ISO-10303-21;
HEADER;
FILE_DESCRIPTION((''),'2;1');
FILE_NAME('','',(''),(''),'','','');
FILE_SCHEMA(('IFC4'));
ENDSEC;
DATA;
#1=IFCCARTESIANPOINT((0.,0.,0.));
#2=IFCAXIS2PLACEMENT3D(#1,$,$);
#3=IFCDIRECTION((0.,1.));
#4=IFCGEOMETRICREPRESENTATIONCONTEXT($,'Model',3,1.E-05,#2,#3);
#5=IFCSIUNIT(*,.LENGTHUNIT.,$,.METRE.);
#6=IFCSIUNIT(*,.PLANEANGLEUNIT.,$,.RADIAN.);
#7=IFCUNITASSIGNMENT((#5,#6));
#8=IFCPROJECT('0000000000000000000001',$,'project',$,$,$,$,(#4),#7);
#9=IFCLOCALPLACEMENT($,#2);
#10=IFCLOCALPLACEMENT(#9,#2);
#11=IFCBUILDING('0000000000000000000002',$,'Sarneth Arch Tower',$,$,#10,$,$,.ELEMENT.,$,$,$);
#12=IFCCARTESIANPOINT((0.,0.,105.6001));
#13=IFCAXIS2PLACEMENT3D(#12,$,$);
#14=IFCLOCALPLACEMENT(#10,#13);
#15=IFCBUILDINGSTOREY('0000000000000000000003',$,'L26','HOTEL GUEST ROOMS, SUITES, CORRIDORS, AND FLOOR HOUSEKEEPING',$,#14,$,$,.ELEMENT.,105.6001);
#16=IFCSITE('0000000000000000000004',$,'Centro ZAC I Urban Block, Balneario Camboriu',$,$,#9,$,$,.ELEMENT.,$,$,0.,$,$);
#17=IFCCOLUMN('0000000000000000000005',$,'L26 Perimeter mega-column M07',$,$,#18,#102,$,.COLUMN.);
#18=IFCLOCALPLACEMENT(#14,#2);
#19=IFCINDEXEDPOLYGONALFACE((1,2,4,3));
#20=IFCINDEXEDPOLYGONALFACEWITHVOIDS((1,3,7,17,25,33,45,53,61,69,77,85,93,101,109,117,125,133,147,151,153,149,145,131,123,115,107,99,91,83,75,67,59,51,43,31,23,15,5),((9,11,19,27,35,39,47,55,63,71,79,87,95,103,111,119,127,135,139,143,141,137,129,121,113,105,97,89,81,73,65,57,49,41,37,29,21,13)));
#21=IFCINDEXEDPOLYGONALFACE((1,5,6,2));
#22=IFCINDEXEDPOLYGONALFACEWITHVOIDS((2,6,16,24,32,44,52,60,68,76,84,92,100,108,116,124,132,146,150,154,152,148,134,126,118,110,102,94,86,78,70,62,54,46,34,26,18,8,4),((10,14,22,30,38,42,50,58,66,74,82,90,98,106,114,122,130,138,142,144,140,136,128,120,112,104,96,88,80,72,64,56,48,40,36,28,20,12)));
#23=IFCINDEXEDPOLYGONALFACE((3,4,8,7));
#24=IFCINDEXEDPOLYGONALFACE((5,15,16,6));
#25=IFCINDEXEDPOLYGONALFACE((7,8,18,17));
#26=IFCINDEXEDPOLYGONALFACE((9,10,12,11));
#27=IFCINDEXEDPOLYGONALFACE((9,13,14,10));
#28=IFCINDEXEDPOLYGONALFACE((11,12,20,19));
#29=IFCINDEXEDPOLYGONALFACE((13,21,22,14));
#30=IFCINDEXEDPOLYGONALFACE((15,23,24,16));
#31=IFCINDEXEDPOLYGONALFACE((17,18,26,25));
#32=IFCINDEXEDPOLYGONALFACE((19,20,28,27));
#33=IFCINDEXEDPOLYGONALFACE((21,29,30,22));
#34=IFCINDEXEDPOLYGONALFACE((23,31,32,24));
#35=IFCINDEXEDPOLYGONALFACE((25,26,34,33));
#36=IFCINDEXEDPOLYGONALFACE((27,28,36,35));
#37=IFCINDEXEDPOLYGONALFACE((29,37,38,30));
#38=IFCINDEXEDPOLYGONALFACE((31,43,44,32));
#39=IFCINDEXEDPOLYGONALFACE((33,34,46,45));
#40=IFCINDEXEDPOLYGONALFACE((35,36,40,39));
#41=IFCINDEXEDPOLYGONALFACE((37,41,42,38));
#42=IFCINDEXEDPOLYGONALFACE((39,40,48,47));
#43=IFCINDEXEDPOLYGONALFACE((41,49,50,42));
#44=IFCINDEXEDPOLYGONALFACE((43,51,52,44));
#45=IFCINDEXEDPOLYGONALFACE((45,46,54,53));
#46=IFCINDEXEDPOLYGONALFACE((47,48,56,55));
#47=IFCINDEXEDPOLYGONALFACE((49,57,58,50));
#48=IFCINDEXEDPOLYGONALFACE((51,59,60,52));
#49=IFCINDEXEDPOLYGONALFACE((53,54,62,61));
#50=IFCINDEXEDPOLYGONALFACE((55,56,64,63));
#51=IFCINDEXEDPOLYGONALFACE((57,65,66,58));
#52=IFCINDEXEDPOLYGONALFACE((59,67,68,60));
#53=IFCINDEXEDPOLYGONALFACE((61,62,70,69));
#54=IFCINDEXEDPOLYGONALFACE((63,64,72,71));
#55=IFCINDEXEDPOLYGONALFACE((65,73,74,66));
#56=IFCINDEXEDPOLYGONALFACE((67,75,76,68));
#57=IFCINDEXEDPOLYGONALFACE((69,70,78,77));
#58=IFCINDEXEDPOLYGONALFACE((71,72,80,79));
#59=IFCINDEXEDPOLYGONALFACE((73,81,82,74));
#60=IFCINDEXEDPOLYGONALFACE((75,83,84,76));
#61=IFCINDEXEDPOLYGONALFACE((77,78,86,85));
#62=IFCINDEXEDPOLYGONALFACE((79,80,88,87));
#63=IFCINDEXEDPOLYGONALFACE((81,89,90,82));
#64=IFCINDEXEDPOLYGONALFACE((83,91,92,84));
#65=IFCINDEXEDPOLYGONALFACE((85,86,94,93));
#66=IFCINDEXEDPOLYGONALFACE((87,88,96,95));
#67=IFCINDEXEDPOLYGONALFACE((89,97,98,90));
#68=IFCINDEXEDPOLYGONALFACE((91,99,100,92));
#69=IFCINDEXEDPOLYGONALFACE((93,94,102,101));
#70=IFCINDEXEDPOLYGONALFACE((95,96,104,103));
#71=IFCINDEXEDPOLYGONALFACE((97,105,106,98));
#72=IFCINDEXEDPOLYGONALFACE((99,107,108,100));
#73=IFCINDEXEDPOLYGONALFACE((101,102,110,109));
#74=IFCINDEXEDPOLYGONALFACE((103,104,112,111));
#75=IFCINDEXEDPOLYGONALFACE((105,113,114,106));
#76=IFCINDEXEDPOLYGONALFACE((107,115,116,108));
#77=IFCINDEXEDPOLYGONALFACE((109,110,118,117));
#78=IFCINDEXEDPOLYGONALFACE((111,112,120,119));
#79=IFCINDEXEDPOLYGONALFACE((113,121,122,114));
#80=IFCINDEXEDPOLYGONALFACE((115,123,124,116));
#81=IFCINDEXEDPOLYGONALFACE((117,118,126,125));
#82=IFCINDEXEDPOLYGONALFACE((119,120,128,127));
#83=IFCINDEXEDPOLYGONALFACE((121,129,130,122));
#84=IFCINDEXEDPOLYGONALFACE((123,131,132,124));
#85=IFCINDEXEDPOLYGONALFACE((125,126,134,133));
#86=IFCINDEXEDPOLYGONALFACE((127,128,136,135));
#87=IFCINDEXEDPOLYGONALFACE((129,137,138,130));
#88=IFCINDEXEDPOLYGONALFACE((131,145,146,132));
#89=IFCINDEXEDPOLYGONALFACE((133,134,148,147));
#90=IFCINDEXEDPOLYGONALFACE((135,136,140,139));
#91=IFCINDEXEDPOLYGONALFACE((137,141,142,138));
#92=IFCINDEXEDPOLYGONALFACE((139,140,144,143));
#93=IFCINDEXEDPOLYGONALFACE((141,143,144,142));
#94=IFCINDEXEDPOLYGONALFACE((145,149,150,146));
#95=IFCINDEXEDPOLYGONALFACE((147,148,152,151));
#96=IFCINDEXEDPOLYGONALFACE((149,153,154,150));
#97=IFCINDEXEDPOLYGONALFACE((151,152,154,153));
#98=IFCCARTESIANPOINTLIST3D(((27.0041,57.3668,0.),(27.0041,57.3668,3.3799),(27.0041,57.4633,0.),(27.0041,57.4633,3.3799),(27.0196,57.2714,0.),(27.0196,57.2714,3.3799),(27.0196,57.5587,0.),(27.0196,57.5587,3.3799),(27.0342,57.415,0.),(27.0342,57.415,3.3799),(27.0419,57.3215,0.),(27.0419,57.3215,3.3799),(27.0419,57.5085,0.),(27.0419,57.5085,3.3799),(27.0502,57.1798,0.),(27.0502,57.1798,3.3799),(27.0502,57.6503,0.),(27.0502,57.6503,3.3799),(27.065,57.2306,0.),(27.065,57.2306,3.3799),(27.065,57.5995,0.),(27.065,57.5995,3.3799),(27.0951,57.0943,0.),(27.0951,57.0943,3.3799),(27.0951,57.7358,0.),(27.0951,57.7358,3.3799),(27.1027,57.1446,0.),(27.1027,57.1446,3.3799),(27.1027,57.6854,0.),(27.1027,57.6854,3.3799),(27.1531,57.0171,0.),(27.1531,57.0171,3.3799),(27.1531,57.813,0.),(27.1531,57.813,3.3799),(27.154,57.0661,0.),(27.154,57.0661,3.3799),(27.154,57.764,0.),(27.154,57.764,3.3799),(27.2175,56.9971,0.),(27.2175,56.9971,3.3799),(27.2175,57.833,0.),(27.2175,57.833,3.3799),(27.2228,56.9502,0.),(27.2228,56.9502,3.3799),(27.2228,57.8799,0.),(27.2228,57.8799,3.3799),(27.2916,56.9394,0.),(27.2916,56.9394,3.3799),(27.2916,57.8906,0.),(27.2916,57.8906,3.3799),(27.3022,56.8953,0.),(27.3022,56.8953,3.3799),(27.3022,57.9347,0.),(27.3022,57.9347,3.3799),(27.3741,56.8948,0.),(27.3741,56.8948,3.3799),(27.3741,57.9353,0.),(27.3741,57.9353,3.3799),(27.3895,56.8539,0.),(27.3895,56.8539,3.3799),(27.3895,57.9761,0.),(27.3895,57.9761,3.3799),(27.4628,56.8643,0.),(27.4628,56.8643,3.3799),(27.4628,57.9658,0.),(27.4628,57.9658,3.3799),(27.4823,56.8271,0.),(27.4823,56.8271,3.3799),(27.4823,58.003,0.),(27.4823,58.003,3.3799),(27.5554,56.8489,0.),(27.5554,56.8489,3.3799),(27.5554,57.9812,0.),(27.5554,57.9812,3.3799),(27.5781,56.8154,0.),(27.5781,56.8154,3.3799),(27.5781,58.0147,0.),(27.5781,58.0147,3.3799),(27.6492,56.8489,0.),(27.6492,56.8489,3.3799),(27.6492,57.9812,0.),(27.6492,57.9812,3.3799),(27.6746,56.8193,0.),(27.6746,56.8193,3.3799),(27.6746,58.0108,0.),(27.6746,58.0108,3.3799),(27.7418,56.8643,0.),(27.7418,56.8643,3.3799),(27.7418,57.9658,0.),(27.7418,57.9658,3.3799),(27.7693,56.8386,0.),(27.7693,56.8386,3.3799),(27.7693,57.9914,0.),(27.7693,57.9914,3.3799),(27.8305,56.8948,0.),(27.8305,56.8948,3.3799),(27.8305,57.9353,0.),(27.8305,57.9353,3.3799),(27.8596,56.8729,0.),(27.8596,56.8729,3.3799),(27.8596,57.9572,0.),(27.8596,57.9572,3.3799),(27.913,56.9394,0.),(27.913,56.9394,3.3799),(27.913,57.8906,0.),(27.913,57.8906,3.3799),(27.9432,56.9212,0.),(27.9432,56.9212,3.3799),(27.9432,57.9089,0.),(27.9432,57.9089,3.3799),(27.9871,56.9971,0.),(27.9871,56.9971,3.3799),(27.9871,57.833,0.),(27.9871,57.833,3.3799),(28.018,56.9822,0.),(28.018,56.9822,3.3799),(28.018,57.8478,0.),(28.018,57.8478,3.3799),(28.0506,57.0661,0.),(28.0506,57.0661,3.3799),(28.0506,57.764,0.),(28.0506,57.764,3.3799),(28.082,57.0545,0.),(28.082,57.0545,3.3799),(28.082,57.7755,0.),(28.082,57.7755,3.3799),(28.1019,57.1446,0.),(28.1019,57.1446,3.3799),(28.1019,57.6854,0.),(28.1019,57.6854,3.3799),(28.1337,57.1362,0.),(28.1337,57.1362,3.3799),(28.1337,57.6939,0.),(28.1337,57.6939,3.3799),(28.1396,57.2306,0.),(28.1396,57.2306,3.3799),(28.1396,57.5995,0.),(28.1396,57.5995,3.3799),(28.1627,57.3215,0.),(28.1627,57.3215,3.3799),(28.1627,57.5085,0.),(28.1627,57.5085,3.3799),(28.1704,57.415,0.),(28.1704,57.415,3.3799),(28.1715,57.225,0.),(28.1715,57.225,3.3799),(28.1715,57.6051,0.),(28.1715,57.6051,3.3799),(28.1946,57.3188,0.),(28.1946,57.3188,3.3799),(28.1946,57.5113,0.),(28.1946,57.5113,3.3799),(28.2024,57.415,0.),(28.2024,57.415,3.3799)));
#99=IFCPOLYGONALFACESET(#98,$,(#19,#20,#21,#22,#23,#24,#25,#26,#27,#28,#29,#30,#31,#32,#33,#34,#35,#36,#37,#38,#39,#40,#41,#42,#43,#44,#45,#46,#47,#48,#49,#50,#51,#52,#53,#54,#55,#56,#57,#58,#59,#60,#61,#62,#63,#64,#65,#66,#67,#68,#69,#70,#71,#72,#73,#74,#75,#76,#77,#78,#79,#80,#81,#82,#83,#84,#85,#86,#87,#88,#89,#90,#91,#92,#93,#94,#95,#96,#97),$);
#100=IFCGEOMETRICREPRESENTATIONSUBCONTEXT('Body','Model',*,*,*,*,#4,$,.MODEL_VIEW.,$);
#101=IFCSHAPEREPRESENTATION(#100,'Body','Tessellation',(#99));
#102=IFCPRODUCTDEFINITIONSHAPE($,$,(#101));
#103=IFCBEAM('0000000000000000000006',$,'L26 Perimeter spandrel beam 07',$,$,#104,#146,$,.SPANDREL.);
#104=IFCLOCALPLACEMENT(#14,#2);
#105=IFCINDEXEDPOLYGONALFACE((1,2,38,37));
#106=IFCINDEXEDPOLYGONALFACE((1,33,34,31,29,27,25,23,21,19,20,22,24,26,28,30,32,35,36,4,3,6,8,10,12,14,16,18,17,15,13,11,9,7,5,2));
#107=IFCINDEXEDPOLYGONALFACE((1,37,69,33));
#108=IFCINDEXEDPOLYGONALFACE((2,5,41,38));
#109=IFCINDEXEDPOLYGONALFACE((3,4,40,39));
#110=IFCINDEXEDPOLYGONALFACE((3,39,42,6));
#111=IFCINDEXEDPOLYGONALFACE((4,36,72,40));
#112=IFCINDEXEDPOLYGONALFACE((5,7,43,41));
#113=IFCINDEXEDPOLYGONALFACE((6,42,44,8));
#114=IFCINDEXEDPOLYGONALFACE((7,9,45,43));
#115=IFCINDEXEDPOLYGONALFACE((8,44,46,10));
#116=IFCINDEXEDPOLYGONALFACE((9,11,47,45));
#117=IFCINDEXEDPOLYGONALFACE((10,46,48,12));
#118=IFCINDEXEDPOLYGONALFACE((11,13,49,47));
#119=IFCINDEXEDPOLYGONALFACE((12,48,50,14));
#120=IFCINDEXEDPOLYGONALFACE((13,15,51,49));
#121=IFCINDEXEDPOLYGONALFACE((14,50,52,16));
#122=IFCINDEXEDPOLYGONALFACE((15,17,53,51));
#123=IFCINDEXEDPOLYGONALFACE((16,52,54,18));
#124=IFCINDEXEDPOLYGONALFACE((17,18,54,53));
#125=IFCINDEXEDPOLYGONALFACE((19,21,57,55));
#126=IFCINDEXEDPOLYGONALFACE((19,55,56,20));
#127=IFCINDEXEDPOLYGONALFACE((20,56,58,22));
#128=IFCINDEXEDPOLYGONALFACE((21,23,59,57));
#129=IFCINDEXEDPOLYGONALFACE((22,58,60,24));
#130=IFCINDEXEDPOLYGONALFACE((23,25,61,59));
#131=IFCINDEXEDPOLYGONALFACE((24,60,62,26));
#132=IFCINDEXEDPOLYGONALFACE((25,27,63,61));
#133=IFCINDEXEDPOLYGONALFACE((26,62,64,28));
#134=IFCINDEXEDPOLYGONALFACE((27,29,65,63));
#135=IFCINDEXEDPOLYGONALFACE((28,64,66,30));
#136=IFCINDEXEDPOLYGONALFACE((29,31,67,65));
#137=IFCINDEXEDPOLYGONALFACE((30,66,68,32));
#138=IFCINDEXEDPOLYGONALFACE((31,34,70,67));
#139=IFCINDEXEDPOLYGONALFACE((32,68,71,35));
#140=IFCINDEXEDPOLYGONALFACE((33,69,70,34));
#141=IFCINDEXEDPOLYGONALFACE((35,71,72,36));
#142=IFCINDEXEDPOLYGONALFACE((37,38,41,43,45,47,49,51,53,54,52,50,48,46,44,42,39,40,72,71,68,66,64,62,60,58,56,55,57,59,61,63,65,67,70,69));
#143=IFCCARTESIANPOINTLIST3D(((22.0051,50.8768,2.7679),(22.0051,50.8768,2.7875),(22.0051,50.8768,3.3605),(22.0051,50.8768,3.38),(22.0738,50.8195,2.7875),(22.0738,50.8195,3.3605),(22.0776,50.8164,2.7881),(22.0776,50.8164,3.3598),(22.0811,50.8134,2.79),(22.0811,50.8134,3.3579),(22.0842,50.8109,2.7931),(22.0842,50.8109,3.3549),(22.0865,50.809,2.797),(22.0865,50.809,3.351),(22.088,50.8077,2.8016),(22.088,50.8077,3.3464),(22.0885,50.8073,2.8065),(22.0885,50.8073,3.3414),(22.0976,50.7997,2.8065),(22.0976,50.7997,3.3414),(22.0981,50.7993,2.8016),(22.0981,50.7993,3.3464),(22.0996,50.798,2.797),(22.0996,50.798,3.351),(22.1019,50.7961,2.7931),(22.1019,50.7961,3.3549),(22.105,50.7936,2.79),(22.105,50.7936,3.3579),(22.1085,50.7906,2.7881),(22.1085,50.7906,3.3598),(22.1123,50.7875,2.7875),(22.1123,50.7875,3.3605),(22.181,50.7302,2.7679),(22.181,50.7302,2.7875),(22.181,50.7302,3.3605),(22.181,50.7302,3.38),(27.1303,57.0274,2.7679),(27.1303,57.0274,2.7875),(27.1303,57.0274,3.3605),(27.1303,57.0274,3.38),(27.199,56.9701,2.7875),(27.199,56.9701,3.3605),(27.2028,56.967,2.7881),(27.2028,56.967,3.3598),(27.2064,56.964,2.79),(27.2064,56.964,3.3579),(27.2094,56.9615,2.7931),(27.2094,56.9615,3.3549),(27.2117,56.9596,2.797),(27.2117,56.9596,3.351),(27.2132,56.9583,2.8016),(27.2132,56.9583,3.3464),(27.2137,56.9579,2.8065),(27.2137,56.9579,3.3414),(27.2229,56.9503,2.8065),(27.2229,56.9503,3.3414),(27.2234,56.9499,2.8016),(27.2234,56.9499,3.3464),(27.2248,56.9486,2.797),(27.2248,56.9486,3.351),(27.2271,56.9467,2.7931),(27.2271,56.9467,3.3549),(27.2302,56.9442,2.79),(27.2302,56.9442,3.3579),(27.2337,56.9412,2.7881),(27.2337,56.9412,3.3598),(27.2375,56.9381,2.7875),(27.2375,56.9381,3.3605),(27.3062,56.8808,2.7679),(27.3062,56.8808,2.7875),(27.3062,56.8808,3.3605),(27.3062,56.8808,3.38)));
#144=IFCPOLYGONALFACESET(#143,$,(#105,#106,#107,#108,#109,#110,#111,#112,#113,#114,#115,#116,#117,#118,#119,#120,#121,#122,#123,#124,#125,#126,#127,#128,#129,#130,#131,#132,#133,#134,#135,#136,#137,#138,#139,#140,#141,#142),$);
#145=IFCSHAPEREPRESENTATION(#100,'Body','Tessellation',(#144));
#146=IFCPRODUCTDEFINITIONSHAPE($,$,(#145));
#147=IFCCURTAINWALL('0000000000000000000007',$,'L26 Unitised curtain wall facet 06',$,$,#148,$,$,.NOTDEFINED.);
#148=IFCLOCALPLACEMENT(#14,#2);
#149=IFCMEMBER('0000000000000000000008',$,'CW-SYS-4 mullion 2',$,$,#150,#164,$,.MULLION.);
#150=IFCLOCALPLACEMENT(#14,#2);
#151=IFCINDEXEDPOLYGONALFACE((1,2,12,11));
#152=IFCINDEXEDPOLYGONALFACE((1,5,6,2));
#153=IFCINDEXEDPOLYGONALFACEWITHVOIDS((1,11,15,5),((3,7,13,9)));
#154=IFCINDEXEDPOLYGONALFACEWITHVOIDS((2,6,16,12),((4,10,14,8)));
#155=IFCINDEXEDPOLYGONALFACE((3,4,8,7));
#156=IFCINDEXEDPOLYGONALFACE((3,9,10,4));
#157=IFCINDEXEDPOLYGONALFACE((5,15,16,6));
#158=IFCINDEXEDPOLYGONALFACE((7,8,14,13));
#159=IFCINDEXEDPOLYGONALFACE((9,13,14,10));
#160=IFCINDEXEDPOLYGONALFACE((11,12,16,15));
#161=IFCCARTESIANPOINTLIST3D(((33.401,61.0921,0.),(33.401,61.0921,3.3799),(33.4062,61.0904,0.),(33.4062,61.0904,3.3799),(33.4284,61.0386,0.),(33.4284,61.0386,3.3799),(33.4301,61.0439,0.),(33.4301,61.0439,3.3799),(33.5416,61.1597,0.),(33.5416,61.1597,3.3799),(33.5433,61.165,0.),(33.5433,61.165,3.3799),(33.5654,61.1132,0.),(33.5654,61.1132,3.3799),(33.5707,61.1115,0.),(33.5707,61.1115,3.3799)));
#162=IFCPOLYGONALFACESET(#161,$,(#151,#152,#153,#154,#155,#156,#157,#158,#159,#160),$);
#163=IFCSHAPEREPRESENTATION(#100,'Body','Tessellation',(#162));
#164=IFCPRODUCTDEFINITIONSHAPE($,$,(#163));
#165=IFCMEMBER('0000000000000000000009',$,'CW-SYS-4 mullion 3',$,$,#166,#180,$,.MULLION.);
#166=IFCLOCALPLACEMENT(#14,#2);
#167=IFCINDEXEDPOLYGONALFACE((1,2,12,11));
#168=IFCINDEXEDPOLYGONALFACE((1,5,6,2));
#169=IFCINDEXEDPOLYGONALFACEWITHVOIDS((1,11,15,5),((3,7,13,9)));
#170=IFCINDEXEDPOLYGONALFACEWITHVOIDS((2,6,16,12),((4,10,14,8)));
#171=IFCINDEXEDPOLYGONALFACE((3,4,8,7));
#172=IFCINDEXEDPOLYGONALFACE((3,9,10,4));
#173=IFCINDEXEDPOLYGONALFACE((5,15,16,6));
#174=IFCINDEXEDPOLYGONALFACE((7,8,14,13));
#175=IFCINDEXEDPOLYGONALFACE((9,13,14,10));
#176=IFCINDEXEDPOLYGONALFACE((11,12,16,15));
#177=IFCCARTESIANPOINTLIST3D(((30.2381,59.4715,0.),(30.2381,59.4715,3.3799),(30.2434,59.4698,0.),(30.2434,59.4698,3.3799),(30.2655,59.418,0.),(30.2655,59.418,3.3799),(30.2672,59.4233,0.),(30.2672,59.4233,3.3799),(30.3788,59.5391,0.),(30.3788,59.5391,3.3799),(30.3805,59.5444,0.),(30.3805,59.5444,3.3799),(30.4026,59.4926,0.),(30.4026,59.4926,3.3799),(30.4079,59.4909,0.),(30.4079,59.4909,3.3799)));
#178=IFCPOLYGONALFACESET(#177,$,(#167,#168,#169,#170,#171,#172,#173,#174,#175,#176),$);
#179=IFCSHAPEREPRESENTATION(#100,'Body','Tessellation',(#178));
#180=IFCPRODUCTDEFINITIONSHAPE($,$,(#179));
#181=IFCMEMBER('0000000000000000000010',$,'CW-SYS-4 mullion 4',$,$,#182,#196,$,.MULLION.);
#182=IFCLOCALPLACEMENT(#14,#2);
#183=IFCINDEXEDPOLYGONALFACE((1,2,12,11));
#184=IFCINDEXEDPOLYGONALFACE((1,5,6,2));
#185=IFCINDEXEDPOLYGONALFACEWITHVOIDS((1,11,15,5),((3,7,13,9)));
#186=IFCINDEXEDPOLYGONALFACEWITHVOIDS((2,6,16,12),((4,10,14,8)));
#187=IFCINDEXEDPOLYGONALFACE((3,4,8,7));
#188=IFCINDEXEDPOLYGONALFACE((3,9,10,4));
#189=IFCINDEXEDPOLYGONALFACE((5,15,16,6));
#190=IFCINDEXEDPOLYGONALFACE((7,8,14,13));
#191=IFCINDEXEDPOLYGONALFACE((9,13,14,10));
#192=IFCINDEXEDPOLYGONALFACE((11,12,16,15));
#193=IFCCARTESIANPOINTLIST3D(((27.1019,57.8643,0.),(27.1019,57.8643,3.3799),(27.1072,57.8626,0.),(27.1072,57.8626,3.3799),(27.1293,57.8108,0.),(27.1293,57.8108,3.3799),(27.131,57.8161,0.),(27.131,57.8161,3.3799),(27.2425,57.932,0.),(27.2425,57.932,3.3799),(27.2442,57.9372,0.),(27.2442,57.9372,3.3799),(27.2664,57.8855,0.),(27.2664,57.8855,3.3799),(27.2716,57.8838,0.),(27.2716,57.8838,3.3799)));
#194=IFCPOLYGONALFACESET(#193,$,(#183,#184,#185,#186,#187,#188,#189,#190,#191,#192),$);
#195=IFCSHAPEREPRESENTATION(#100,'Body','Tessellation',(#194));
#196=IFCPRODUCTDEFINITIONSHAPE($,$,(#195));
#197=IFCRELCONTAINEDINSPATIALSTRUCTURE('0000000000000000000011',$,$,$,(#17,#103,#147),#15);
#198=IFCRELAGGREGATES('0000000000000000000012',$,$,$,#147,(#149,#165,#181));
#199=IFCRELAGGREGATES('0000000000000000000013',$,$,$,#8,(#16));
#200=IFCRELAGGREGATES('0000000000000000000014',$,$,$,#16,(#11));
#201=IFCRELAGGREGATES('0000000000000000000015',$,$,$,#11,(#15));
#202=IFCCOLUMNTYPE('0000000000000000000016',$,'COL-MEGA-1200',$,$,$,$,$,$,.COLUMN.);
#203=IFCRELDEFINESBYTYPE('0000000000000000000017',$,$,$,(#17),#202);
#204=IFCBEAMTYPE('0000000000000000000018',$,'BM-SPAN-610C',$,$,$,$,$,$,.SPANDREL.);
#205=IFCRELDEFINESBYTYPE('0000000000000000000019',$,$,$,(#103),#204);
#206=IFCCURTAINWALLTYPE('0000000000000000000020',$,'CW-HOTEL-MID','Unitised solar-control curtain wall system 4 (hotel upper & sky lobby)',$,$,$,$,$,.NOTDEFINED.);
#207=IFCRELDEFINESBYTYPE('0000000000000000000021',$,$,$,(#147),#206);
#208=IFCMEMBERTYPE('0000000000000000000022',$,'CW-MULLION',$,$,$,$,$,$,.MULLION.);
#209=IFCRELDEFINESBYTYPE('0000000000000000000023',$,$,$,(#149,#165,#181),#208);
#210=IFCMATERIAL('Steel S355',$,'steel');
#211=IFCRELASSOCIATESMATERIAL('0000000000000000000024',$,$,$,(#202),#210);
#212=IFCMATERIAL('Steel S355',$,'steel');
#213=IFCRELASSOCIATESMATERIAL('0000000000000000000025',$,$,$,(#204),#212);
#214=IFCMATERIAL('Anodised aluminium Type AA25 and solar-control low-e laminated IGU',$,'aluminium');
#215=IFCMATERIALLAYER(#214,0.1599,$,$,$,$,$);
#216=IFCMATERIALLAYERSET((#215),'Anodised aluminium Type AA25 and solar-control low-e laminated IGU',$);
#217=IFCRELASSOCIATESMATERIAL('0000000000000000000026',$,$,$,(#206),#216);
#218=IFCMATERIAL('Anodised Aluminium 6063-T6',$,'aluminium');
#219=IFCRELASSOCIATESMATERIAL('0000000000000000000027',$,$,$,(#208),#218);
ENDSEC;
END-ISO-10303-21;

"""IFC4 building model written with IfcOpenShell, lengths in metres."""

from ifc_helpers import new_model, si_unit, direction, frame, origin, origin_2d, place, context, subcontext, project, spatial, hollow_rectangle, hollow_circle, i_section, extrude, material, layer, layer_set, material_profile, profile_set, type_object, element, aggregate, save


model = new_model("IFC4")

# Units and contexts
model_context = context("Model", 3, precision=1e-05, world=origin(), true_north=direction((0.0, 1.0)))
body_context = subcontext(model_context, "Body", "Model", "MODEL_VIEW")
ifc_project = project(units=[si_unit("LENGTHUNIT", "METRE"), si_unit("PLANEANGLEUNIT", "RADIAN")], contexts=[model_context])

# Site, building, storey
site_placement = place(None, origin())
site = spatial("IfcSite", under=ifc_project, at=site_placement, Name="Centro ZAC I Urban Block, Balneario Camboriu", CompositionType="ELEMENT", RefElevation=0.0)
building_placement = place(site_placement, origin())
building = spatial("IfcBuilding", under=site, at=building_placement, Name="Sarneth Arch Tower", CompositionType="ELEMENT")
storey_placement = place(building_placement, frame((0.0, 0.0, 105.6001)))
storey = spatial("IfcBuildingStorey", under=building, at=storey_placement, Name="L26", Description="HOTEL GUEST ROOMS, SUITES, CORRIDORS, AND FLOOR HOUSEKEEPING", CompositionType="ELEMENT", Elevation=105.6001)

# Column
ifc_material_1 = material(Name="Steel S355", Category="steel")
ifc_material_profile_1 = material_profile(ifc_material_1, hollow_circle(Radius=0.6001, WallThickness=0.032, at=origin_2d()), Name="CHS1200x32")
ifc_profile_set_1 = profile_set([ifc_material_profile_1], Name="Steel S355")
column_type = type_object("IfcColumnType", Name="COL-MEGA-1200", PredefinedType="COLUMN", material=ifc_profile_set_1)
column_placement = place(storey_placement, frame((27.6023, 57.415, 0.0), z_axis=(0.0, 0.0, 1.0), x_axis=(1.0, 0.0, 0.0)))
element("IfcColumn", 1, at=column_placement, inside=storey, type_object=column_type, Name="L26 Perimeter mega-column M07", PredefinedType="COLUMN", context=body_context, shape_type="SweptSolid", body=[
    extrude(hollow_circle(Radius=0.6001, WallThickness=0.032, at=origin_2d()), origin(), (0.0, 0.0, 1.0), 3.3799),
])

# Beam
ifc_material_2 = material(Name="Steel S355", Category="steel")
ifc_material_profile_2 = material_profile(ifc_material_2, i_section(OverallWidth=0.229, OverallDepth=0.6121, WebThickness=0.012, FlangeThickness=0.0195, FilletRadius=0.019, at=origin_2d()), Name="W610x125")
ifc_profile_set_2 = profile_set([ifc_material_profile_2], Name="Steel S355")
beam_type = type_object("IfcBeamType", Name="BM-SPAN-610C", PredefinedType="SPANDREL", material=ifc_profile_set_2)
beam_placement = place(storey_placement, frame((27.2183, 56.9541, 3.074), z_axis=(-0.640163, -0.768239, 0.0), x_axis=(0.768239, -0.640163, 0.0)))
element("IfcBeam", 2, at=beam_placement, inside=storey, type_object=beam_type, Name="L26 Perimeter spandrel beam 07", PredefinedType="SPANDREL", context=body_context, shape_type="SweptSolid", body=[
    extrude(i_section(OverallWidth=0.229, OverallDepth=0.6121, WebThickness=0.012, FlangeThickness=0.0195, FilletRadius=0.019, at=origin_2d()), origin(), (0.0, 0.0, 1.0), 8.0061),
])

# Curtain wall, members
ifc_material_3 = material(Name="Anodised aluminium Type AA25 and solar-control low-e laminated IGU", Category="aluminium")
ifc_layer_1 = layer(ifc_material_3, 0.1599)
ifc_layer_set_1 = layer_set([ifc_layer_1], Name="Anodised aluminium Type AA25 and solar-control low-e laminated IGU")
curtain_wall_type = type_object("IfcCurtainWallType", Name="CW-HOTEL-MID", Description="Unitised solar-control curtain wall system 4 (hotel upper & sky lobby)", PredefinedType="NOTDEFINED", material=ifc_layer_set_1)
curtain_wall_placement = place(storey_placement, origin())
curtain_wall = element("IfcCurtainWall", 3, at=curtain_wall_placement, inside=storey, type_object=curtain_wall_type, Name="L26 Unitised curtain wall facet 06", PredefinedType="NOTDEFINED")
ifc_material_4 = material(Name="Anodised Aluminium 6063-T6", Category="aluminium")
ifc_material_profile_3 = material_profile(ifc_material_4, hollow_rectangle(XDim=0.0601, YDim=0.1599, WallThickness=0.0039, at=origin_2d()), Name="AL-MULL-160x60x4")
ifc_profile_set_3 = profile_set([ifc_material_profile_3], Name="Anodised Aluminium 6063-T6")
member_type_1 = type_object("IfcMemberType", Name="CW-MULLION", PredefinedType="MULLION", material=ifc_profile_set_3)
member_1_placement = place(storey_placement, frame((33.4858, 61.1018, 0.0), z_axis=(0.0, 0.0, 1.0), x_axis=(0.456031, -0.889964, 0.0)))
member_1 = element("IfcMember", 4, at=member_1_placement, type_object=member_type_1, Name="CW-SYS-4 mullion 2", PredefinedType="MULLION", context=body_context, shape_type="SweptSolid", body=[
    extrude(hollow_rectangle(XDim=0.0601, YDim=0.1599, WallThickness=0.0039, at=origin_2d()), origin(), (0.0, 0.0, 1.0), 3.3799),
])
member_2_placement = place(storey_placement, frame((30.323, 59.4812, 0.0), z_axis=(0.0, 0.0, 1.0), x_axis=(0.456031, -0.889964, 0.0)))
member_2 = element("IfcMember", 5, at=member_2_placement, type_object=member_type_1, Name="CW-SYS-4 mullion 3", PredefinedType="MULLION", context=body_context, shape_type="SweptSolid", body=[
    extrude(hollow_rectangle(XDim=0.0601, YDim=0.1599, WallThickness=0.0039, at=origin_2d()), origin(), (0.0, 0.0, 1.0), 3.3799),
])
member_3_placement = place(storey_placement, frame((27.1868, 57.874, 0.0), z_axis=(0.0, 0.0, 1.0), x_axis=(0.456031, -0.889964, 0.0)))
member_3 = element("IfcMember", 6, at=member_3_placement, type_object=member_type_1, Name="CW-SYS-4 mullion 4", PredefinedType="MULLION", context=body_context, shape_type="SweptSolid", body=[
    extrude(hollow_rectangle(XDim=0.0601, YDim=0.1599, WallThickness=0.0039, at=origin_2d()), origin(), (0.0, 0.0, 1.0), 3.3799),
])

aggregate(curtain_wall, [member_1, member_2, member_3])

save(model, "model.ifc")
